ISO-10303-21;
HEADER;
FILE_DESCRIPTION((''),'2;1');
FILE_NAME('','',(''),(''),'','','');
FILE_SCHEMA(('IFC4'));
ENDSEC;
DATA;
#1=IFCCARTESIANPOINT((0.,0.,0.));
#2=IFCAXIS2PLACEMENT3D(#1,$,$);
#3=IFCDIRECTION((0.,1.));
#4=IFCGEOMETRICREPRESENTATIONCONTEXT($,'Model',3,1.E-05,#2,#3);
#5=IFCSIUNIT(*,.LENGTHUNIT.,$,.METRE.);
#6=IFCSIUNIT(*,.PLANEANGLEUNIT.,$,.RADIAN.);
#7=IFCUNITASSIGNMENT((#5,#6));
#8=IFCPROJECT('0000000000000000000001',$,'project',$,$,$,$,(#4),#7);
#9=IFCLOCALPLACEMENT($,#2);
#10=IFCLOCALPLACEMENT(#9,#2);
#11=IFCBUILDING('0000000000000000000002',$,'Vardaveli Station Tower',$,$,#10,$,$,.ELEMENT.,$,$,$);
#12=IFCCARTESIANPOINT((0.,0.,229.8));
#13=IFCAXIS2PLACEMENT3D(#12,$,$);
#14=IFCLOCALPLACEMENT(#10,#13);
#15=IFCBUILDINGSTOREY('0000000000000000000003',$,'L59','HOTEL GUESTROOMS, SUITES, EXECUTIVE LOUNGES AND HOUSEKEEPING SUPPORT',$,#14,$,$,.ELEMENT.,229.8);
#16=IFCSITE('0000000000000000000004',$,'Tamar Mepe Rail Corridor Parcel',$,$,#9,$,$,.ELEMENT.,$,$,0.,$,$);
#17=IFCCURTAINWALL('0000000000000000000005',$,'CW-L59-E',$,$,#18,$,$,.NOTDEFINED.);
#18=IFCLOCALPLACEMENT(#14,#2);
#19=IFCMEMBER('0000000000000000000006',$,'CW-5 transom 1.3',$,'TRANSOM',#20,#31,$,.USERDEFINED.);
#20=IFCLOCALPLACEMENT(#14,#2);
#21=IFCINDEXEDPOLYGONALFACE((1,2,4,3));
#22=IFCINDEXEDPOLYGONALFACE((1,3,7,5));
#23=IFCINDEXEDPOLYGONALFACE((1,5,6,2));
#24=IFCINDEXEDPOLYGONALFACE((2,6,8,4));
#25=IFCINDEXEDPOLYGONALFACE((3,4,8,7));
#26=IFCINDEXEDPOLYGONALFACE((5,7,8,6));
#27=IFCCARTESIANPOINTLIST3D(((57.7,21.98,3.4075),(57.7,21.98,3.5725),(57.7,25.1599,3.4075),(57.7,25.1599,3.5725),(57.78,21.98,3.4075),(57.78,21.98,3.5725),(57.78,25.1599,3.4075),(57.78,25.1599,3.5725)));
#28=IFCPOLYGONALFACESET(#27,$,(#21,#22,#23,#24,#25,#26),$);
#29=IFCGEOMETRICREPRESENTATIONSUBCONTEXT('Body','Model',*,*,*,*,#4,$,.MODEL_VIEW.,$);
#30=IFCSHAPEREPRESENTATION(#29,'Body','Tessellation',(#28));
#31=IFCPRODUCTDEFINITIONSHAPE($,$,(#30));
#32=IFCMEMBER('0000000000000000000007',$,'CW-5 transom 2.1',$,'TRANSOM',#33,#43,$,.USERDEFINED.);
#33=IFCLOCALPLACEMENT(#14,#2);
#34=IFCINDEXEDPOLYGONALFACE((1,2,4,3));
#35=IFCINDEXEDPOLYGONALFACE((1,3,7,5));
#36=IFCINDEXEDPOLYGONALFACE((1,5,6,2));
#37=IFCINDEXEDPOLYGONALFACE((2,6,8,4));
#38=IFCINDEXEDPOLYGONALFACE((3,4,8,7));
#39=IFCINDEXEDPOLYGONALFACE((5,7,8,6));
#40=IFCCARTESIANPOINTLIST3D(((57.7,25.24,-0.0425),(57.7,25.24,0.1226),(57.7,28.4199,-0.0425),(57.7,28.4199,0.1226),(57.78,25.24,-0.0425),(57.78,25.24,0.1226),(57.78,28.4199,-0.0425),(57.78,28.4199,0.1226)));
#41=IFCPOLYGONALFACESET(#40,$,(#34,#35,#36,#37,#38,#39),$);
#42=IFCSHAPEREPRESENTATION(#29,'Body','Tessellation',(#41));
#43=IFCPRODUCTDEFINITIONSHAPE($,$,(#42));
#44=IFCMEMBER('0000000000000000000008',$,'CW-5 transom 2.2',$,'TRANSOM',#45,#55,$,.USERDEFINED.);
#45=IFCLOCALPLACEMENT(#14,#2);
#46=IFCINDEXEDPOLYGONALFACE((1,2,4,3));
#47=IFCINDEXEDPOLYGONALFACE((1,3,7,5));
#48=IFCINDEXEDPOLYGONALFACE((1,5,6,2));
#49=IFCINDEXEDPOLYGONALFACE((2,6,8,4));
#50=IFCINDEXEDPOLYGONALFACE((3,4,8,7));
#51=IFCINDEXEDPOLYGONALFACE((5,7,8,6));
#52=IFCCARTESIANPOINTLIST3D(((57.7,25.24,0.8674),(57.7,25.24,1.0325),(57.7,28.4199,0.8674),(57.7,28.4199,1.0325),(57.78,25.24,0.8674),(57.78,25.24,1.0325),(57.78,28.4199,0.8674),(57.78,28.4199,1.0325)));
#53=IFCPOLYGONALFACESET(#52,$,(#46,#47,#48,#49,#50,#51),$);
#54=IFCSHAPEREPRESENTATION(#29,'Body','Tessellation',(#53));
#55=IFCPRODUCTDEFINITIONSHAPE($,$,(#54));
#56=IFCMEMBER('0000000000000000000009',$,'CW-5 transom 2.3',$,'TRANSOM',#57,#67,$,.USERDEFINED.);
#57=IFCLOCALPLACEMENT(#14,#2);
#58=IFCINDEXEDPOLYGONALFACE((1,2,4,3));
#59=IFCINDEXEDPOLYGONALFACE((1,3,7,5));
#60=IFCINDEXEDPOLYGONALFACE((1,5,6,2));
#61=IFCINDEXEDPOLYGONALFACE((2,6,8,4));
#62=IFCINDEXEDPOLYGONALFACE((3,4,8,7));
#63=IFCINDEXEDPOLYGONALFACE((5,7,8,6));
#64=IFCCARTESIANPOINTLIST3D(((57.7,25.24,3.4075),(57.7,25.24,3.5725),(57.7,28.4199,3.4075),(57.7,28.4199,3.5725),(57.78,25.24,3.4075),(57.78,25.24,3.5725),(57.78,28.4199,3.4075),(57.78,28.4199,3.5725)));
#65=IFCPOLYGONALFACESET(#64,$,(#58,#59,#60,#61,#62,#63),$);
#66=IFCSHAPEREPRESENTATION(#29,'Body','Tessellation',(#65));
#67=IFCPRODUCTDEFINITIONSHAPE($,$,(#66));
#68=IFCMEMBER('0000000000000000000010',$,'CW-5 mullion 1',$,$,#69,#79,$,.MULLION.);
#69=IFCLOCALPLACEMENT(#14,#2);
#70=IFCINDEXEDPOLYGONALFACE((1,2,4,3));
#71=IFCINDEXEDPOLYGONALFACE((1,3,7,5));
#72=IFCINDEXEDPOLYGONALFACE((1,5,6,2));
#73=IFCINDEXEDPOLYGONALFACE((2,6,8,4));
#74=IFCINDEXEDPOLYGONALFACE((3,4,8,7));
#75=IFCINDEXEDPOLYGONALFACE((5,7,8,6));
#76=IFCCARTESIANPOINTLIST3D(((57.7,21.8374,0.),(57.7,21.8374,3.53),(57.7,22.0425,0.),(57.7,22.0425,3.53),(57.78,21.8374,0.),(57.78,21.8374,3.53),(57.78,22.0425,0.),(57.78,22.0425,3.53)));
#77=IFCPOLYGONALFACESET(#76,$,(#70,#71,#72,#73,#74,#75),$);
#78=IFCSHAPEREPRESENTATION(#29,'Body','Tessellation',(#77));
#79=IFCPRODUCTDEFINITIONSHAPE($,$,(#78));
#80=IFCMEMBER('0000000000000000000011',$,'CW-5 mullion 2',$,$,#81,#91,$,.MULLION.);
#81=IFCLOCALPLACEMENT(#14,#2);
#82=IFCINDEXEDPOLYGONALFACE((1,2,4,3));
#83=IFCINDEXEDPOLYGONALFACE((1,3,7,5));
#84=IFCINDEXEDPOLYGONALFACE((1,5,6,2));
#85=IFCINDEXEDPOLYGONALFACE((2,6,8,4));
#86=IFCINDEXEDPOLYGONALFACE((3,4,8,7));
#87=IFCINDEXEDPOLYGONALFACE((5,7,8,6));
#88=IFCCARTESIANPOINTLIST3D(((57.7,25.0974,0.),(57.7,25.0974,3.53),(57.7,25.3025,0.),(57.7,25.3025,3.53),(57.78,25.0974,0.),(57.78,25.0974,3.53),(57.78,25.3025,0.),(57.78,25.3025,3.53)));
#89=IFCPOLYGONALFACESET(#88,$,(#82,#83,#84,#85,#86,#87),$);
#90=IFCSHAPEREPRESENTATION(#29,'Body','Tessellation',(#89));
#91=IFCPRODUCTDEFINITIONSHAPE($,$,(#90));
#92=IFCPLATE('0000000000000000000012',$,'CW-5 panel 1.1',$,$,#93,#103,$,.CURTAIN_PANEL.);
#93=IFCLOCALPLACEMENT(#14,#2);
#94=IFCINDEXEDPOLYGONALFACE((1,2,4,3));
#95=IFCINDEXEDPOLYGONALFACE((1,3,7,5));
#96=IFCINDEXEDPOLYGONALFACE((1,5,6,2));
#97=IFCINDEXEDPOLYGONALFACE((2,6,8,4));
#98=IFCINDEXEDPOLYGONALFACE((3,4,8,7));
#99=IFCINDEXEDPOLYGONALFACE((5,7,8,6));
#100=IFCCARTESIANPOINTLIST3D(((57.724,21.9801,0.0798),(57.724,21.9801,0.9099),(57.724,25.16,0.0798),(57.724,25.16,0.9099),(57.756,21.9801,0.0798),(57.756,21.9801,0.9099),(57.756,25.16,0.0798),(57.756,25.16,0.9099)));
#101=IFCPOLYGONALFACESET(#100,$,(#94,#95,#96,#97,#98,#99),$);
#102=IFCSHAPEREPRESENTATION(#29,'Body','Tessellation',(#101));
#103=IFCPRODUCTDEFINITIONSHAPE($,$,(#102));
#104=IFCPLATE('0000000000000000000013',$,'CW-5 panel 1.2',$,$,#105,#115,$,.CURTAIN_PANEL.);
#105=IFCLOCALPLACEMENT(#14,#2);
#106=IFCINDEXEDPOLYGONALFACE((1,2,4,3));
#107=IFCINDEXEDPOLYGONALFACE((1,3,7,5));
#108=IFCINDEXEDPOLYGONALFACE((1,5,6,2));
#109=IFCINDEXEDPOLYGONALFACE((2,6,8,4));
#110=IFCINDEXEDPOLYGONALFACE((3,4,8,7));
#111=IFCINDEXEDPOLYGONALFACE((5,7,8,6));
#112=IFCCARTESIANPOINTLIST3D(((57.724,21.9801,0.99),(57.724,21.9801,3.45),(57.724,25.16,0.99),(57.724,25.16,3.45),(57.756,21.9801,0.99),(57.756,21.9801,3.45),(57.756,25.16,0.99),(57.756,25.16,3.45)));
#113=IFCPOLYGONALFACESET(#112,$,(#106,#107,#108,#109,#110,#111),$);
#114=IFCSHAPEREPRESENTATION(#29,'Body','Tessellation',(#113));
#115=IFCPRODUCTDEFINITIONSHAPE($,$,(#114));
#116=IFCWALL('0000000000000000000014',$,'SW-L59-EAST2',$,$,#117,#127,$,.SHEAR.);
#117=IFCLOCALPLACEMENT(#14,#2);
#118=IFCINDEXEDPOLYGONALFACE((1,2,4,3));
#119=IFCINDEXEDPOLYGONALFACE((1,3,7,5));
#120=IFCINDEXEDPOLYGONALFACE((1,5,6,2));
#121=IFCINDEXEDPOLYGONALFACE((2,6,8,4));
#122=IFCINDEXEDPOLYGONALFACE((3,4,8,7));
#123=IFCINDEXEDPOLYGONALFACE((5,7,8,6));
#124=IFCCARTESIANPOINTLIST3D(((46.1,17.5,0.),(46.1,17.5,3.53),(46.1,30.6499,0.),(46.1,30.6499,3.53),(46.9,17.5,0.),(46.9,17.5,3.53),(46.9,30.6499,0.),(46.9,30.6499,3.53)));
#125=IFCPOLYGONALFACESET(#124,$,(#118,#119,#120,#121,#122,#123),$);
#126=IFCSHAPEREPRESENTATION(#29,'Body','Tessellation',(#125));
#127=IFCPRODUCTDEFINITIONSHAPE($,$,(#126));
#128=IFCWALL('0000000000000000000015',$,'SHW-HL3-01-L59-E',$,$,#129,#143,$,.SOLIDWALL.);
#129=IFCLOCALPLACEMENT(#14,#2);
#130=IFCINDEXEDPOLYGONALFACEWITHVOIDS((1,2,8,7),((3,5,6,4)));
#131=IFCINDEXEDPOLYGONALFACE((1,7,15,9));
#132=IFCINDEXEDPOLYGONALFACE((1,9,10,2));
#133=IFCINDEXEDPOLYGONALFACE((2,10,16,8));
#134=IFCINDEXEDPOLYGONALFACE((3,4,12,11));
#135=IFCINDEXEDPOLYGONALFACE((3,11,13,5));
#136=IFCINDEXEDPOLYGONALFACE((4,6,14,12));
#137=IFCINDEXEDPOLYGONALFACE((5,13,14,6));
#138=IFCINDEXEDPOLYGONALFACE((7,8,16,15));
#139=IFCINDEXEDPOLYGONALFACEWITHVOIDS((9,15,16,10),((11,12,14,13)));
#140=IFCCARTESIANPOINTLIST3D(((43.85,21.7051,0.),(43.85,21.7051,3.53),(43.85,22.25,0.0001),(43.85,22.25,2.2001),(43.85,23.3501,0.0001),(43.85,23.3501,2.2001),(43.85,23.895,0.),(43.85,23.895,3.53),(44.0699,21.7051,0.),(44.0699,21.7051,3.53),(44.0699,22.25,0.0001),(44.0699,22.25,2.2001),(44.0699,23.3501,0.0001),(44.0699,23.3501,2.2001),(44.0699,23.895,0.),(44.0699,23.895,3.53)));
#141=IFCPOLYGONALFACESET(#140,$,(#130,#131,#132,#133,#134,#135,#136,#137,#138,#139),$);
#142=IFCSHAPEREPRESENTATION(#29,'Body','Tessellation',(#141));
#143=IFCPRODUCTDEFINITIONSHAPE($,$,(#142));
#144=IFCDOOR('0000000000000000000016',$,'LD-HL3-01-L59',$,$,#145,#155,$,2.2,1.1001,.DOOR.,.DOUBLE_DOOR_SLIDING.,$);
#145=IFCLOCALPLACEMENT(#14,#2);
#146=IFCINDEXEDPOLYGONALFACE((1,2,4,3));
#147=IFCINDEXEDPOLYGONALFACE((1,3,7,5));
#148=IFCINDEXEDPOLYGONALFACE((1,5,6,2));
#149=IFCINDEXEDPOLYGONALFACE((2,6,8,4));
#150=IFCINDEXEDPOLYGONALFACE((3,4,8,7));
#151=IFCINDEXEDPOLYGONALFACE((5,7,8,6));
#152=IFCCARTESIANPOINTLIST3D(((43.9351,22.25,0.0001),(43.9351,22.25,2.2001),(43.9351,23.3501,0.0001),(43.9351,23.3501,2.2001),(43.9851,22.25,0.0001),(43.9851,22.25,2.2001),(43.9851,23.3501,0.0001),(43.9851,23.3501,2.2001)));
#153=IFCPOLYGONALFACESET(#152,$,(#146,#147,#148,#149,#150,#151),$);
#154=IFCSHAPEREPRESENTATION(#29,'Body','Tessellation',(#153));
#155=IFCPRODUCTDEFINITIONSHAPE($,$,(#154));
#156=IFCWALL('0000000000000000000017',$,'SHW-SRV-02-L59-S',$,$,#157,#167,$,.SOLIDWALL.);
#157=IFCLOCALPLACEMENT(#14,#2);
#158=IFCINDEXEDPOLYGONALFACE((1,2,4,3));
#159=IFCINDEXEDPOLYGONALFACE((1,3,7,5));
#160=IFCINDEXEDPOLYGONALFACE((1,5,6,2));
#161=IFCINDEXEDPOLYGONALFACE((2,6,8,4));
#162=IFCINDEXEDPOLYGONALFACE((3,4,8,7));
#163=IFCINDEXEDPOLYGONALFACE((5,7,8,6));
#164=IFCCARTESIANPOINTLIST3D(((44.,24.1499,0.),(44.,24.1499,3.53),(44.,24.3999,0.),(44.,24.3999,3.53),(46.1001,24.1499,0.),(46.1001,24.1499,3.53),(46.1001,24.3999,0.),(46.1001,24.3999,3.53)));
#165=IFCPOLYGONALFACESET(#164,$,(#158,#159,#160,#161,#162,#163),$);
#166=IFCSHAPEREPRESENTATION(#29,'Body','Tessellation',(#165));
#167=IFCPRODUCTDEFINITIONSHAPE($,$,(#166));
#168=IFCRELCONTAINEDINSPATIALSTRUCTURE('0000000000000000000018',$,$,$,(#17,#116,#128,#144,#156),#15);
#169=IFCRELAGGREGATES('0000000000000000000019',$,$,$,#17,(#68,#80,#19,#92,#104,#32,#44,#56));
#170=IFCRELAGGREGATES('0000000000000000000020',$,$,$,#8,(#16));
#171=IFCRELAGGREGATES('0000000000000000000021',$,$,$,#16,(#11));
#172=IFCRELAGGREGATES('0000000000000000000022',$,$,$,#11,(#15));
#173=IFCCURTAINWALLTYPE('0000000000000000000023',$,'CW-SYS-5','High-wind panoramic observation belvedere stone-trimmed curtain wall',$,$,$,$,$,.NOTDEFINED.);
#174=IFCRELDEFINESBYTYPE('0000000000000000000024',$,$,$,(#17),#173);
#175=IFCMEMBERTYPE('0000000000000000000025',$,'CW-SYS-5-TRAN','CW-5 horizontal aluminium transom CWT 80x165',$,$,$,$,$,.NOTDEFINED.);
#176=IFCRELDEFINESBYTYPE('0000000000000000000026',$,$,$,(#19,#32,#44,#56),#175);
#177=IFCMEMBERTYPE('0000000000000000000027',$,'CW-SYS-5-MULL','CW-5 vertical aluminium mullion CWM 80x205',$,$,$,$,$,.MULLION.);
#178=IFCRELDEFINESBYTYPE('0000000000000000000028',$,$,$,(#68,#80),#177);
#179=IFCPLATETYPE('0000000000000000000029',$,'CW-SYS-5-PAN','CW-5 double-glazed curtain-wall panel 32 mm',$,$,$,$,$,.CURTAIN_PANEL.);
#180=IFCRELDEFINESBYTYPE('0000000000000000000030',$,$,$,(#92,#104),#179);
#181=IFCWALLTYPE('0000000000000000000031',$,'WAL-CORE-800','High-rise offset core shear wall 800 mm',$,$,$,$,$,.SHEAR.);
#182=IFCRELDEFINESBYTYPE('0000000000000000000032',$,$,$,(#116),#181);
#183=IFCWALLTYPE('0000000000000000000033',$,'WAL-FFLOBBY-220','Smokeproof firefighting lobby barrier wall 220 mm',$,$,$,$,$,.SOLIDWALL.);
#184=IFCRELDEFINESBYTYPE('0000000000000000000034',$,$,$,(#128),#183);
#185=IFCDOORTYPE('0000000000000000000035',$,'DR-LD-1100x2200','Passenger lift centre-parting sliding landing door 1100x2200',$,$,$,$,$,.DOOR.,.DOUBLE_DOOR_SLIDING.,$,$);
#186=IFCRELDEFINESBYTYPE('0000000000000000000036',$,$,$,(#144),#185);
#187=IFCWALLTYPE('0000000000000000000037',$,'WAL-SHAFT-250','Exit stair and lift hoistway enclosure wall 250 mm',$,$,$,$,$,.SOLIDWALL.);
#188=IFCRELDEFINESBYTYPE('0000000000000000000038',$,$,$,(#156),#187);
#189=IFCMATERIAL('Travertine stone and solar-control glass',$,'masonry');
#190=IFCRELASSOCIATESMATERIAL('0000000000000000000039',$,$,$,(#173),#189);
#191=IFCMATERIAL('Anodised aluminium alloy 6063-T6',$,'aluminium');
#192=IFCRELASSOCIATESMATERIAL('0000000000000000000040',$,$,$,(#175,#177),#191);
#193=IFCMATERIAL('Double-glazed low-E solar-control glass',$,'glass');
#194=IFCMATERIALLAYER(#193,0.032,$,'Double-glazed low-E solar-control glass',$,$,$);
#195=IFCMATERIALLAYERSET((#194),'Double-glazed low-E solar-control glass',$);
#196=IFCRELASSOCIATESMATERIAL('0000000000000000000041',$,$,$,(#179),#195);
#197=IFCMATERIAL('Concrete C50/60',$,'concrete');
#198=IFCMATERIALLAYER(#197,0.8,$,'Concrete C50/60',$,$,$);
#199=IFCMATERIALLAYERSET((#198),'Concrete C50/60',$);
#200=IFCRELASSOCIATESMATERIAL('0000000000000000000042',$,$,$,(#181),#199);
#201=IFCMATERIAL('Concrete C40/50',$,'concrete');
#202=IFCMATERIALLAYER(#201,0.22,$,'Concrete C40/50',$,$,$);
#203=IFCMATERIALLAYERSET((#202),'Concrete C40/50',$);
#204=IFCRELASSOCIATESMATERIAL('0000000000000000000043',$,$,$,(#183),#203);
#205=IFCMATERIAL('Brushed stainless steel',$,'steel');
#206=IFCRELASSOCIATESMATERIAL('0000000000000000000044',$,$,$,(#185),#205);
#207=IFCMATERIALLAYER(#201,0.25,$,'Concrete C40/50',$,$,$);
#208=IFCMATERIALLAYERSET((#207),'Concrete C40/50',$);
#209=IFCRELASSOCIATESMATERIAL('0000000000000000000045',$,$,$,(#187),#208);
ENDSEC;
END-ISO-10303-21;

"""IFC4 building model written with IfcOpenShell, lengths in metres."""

from ifc_helpers import new_model, si_unit, direction, frame, frame_2d, origin, origin_2d, place, context, subcontext, project, spatial, rectangle, extrude, source, transform, mapped, material, layer, layer_set, material_profile, profile_set, type_object, element, fill, aggregate, save


model = new_model("IFC4")

# Units and contexts
model_context = context("Model", 3, precision=1e-05, world=origin(), true_north=direction((0.0, 1.0)))
body_context = subcontext(model_context, "Body", "Model", "MODEL_VIEW")
ifc_project = project(units=[si_unit("LENGTHUNIT", "METRE"), si_unit("PLANEANGLEUNIT", "RADIAN")], contexts=[model_context])

# Site, building, storey
site_placement = place(None, origin())
site = spatial("IfcSite", under=ifc_project, at=site_placement, Name="Tamar Mepe Rail Corridor Parcel", CompositionType="ELEMENT", RefElevation=0.0)
building_placement = place(site_placement, origin())
building = spatial("IfcBuilding", under=site, at=building_placement, Name="Vardaveli Station Tower", CompositionType="ELEMENT")
storey_placement = place(building_placement, frame((0.0, 0.0, 229.8)))
storey = spatial("IfcBuildingStorey", under=building, at=storey_placement, Name="L59", Description="HOTEL GUESTROOMS, SUITES, EXECUTIVE LOUNGES AND HOUSEKEEPING SUPPORT", CompositionType="ELEMENT", Elevation=229.8)

# Curtain wall, members, plates
ifc_material_1 = material(Name="Travertine stone and solar-control glass", Category="masonry")
curtain_wall_type = type_object("IfcCurtainWallType", Name="CW-SYS-5", Description="High-wind panoramic observation belvedere stone-trimmed curtain wall", PredefinedType="NOTDEFINED", material=ifc_material_1)
curtain_wall_placement = place(storey_placement, origin())
curtain_wall = element("IfcCurtainWall", 1, at=curtain_wall_placement, inside=storey, type_object=curtain_wall_type, Name="CW-L59-E", PredefinedType="NOTDEFINED")
ifc_material_2 = material(Name="Anodised aluminium alloy 6063-T6", Category="aluminium")
ifc_material_profile_1 = material_profile(ifc_material_2, rectangle(XDim=0.0801, YDim=0.165, at=origin_2d()), Name="CWT 80x165")
ifc_profile_set_1 = profile_set([ifc_material_profile_1], Name="Anodised aluminium alloy 6063-T6")
member_type_1 = type_object("IfcMemberType", Name="CW-SYS-5-TRAN", Description="CW-5 horizontal aluminium transom CWT 80x165", PredefinedType="NOTDEFINED", material=ifc_profile_set_1)
shared_shape_1 = source(origin(), body_context, "Body", "SweptSolid", [
    extrude(rectangle(XDim=0.0801, YDim=0.165, at=origin_2d()), origin(), (0.0, 0.0, 1.0), 3.1799),
])
member_1_placement = place(storey_placement, frame((57.74, 21.98, 3.49), z_axis=(0.0, 1.0, 0.0), x_axis=(-1.0, 0.0, 0.0)))
member_1 = element("IfcMember", 2, at=member_1_placement, type_object=member_type_1, Name="CW-5 transom 1.3", ObjectType="TRANSOM", PredefinedType="USERDEFINED", context=body_context, shape_type="MappedRepresentation", body=[
    mapped(shared_shape_1, transform((0.0, 0.0, 0.0), scale=1.0)),
])
member_2_placement = place(storey_placement, frame((57.74, 25.24, 0.04), z_axis=(0.0, 1.0, 0.0), x_axis=(-1.0, 0.0, 0.0)))
member_2 = element("IfcMember", 3, at=member_2_placement, type_object=member_type_1, Name="CW-5 transom 2.1", ObjectType="TRANSOM", PredefinedType="USERDEFINED", context=body_context, shape_type="MappedRepresentation", body=[
    mapped(shared_shape_1, transform((0.0, 0.0, 0.0), scale=1.0)),
])
member_3_placement = place(storey_placement, frame((57.74, 25.24, 0.95), z_axis=(0.0, 1.0, 0.0), x_axis=(-1.0, 0.0, 0.0)))
member_3 = element("IfcMember", 4, at=member_3_placement, type_object=member_type_1, Name="CW-5 transom 2.2", ObjectType="TRANSOM", PredefinedType="USERDEFINED", context=body_context, shape_type="MappedRepresentation", body=[
    mapped(shared_shape_1, transform((0.0, 0.0, 0.0), scale=1.0)),
])
member_4_placement = place(storey_placement, frame((57.74, 25.24, 3.49), z_axis=(0.0, 1.0, 0.0), x_axis=(-1.0, 0.0, 0.0)))
member_4 = element("IfcMember", 5, at=member_4_placement, type_object=member_type_1, Name="CW-5 transom 2.3", ObjectType="TRANSOM", PredefinedType="USERDEFINED", context=body_context, shape_type="MappedRepresentation", body=[
    mapped(shared_shape_1, transform((0.0, 0.0, 0.0), scale=1.0)),
])
ifc_material_profile_2 = material_profile(ifc_material_2, rectangle(XDim=0.0801, YDim=0.2051, at=origin_2d()), Name="CWM 80x205")
ifc_profile_set_2 = profile_set([ifc_material_profile_2], Name="Anodised aluminium alloy 6063-T6")
member_type_2 = type_object("IfcMemberType", Name="CW-SYS-5-MULL", Description="CW-5 vertical aluminium mullion CWM 80x205", PredefinedType="MULLION", material=ifc_profile_set_2)
shared_shape_2 = source(origin(), body_context, "Body", "SweptSolid", [
    extrude(rectangle(XDim=0.0801, YDim=0.2051, at=origin_2d()), origin(), (0.0, 0.0, 1.0), 3.53),
])
member_5_placement = place(storey_placement, frame((57.74, 21.9399, 0.0), z_axis=(0.0, 0.0, 1.0), x_axis=(-1.0, 0.0, 0.0)))
member_5 = element("IfcMember", 6, at=member_5_placement, type_object=member_type_2, Name="CW-5 mullion 1", PredefinedType="MULLION", context=body_context, shape_type="MappedRepresentation", body=[
    mapped(shared_shape_2, transform((0.0, 0.0, 0.0), scale=1.0)),
])
member_6_placement = place(storey_placement, frame((57.74, 25.2, 0.0), z_axis=(0.0, 0.0, 1.0), x_axis=(-1.0, 0.0, 0.0)))
member_6 = element("IfcMember", 7, at=member_6_placement, type_object=member_type_2, Name="CW-5 mullion 2", PredefinedType="MULLION", context=body_context, shape_type="MappedRepresentation", body=[
    mapped(shared_shape_2, transform((0.0, 0.0, 0.0), scale=1.0)),
])
ifc_material_3 = material(Name="Double-glazed low-E solar-control glass", Category="glass")
ifc_layer_1 = layer(ifc_material_3, 0.032, Name="Double-glazed low-E solar-control glass")
ifc_layer_set_1 = layer_set([ifc_layer_1], Name="Double-glazed low-E solar-control glass")
plate_type = type_object("IfcPlateType", Name="CW-SYS-5-PAN", Description="CW-5 double-glazed curtain-wall panel 32 mm", PredefinedType="CURTAIN_PANEL", material=ifc_layer_set_1)
shared_shape_3 = source(origin(), body_context, "Body", "SweptSolid", [
    extrude(rectangle(XDim=3.1799, YDim=0.032, at=origin_2d()), origin(), (0.0, 0.0, 1.0), 0.8301),
])
plate_1_placement = place(storey_placement, frame((57.74, 23.5701, 0.0798), z_axis=(0.0, 0.0, 1.0), x_axis=(0.0, 1.0, 0.0)))
plate_1 = element("IfcPlate", 8, at=plate_1_placement, type_object=plate_type, Name="CW-5 panel 1.1", PredefinedType="CURTAIN_PANEL", context=body_context, shape_type="MappedRepresentation", body=[
    mapped(shared_shape_3, transform((0.0, 0.0, 0.0), scale=1.0)),
])
shared_shape_4 = source(origin(), body_context, "Body", "SweptSolid", [
    extrude(rectangle(XDim=3.1799, YDim=0.032, at=origin_2d()), origin(), (0.0, 0.0, 1.0), 2.46),
])
plate_2_placement = place(storey_placement, frame((57.74, 23.5701, 0.99), z_axis=(0.0, 0.0, 1.0), x_axis=(0.0, 1.0, 0.0)))
plate_2 = element("IfcPlate", 9, at=plate_2_placement, type_object=plate_type, Name="CW-5 panel 1.2", PredefinedType="CURTAIN_PANEL", context=body_context, shape_type="MappedRepresentation", body=[
    mapped(shared_shape_4, transform((0.0, 0.0, 0.0), scale=1.0)),
])
aggregate(curtain_wall, [member_5, member_6, member_1, plate_1, plate_2, member_2, member_3, member_4])

# Wall
ifc_material_4 = material(Name="Concrete C50/60", Category="concrete")
ifc_layer_2 = layer(ifc_material_4, 0.8, Name="Concrete C50/60")
ifc_layer_set_2 = layer_set([ifc_layer_2], Name="Concrete C50/60")
wall_type_1 = type_object("IfcWallType", Name="WAL-CORE-800", Description="High-rise offset core shear wall 800 mm", PredefinedType="SHEAR", material=ifc_layer_set_2)
shared_shape_5 = source(origin(), body_context, "Body", "SweptSolid", [
    extrude(rectangle(XDim=13.1499, YDim=0.8, at=frame_2d((6.575, 0.0))), origin(), (0.0, 0.0, 1.0), 3.53),
])
wall_1_placement = place(storey_placement, frame((46.5, 17.5, 0.0), z_axis=(0.0, 0.0, 1.0), x_axis=(0.0, 1.0, 0.0)))
element("IfcWall", 10, at=wall_1_placement, inside=storey, type_object=wall_type_1, Name="SW-L59-EAST2", PredefinedType="SHEAR", context=body_context, shape_type="MappedRepresentation", body=[
    mapped(shared_shape_5, transform((0.0, 0.0, 0.0), scale=1.0)),
])

# Wall, opening, door
ifc_material_5 = material(Name="Concrete C40/50", Category="concrete")
ifc_layer_3 = layer(ifc_material_5, 0.22, Name="Concrete C40/50")
ifc_layer_set_3 = layer_set([ifc_layer_3], Name="Concrete C40/50")
wall_type_2 = type_object("IfcWallType", Name="WAL-FFLOBBY-220", Description="Smokeproof firefighting lobby barrier wall 220 mm", PredefinedType="SOLIDWALL", material=ifc_layer_set_3)
shared_shape_6 = source(origin(), body_context, "Body", "SweptSolid", [
    extrude(rectangle(XDim=2.1899, YDim=0.22, at=frame_2d((1.095, 0.0))), origin(), (0.0, 0.0, 1.0), 3.53),
])
wall_2_placement = place(storey_placement, frame((43.96, 21.7051, 0.0), z_axis=(0.0, 0.0, 1.0), x_axis=(0.0, 1.0, 0.0)))
wall_2 = element("IfcWall", 11, at=wall_2_placement, inside=storey, type_object=wall_type_2, Name="SHW-HL3-01-L59-E", PredefinedType="SOLIDWALL", context=body_context, shape_type="MappedRepresentation", body=[
    mapped(shared_shape_6, transform((0.0, 0.0, 0.0), scale=1.0)),
])
shared_shape_7 = source(origin(), body_context, "Body", "SweptSolid", [
    extrude(rectangle(XDim=1.1001, YDim=2.2, at=frame_2d((0.55, 1.1001))), frame((0.0, 0.1201, 0.0), z_axis=(0.0, -1.0, 0.0), x_axis=(1.0, 0.0, 0.0)), (0.0, 0.0, 1.0), 0.24),
])
opening_1_placement = place(wall_2_placement, frame((0.5449, 0.0, 0.0)))
opening_1 = element("IfcOpeningElement", 12, at=opening_1_placement, cuts=wall_2, PredefinedType="OPENING", context=body_context, shape_type="MappedRepresentation", body=[
    mapped(shared_shape_7, transform((0.0, 0.0, 0.0), scale=1.0)),
])
ifc_material_6 = material(Name="Brushed stainless steel", Category="steel")
door_type_1 = type_object("IfcDoorType", Name="DR-LD-1100x2200", Description="Passenger lift centre-parting sliding landing door 1100x2200", OperationType="DOUBLE_DOOR_SLIDING", PredefinedType="DOOR", material=ifc_material_6)
shared_shape_8 = source(origin(), body_context, "Body", "SweptSolid", [
    extrude(rectangle(XDim=1.1001, YDim=2.2, at=frame_2d((0.55, 1.1001))), frame((0.0, 0.0249, 0.0), z_axis=(0.0, -1.0, 0.0), x_axis=(1.0, 0.0, 0.0)), (0.0, 0.0, 1.0), 0.05),
])
door_1_placement = place(opening_1_placement, origin())
door_1 = element("IfcDoor", 13, at=door_1_placement, inside=storey, type_object=door_type_1, Name="LD-HL3-01-L59", OperationType="DOUBLE_DOOR_SLIDING", OverallHeight=2.2, OverallWidth=1.1001, PredefinedType="DOOR", context=body_context, shape_type="MappedRepresentation", body=[
    mapped(shared_shape_8, transform((0.0, 0.0, 0.0), scale=1.0)),
])
fill(opening_1, door_1)

# Wall
ifc_layer_4 = layer(ifc_material_5, 0.25, Name="Concrete C40/50")
ifc_layer_set_4 = layer_set([ifc_layer_4], Name="Concrete C40/50")
wall_type_3 = type_object("IfcWallType", Name="WAL-SHAFT-250", Description="Exit stair and lift hoistway enclosure wall 250 mm", PredefinedType="SOLIDWALL", material=ifc_layer_set_4)
shared_shape_9 = source(origin(), body_context, "Body", "SweptSolid", [
    extrude(rectangle(XDim=2.1001, YDim=0.25, at=frame_2d((1.05, 0.0))), origin(), (0.0, 0.0, 1.0), 3.53),
])
wall_3_placement = place(storey_placement, frame((44.0, 24.2749, 0.0), z_axis=(0.0, 0.0, 1.0), x_axis=(1.0, 0.0, 0.0)))
element("IfcWall", 14, at=wall_3_placement, inside=storey, type_object=wall_type_3, Name="SHW-SRV-02-L59-S", PredefinedType="SOLIDWALL", context=body_context, shape_type="MappedRepresentation", body=[
    mapped(shared_shape_9, transform((0.0, 0.0, 0.0), scale=1.0)),
])

save(model, "model.ifc")
